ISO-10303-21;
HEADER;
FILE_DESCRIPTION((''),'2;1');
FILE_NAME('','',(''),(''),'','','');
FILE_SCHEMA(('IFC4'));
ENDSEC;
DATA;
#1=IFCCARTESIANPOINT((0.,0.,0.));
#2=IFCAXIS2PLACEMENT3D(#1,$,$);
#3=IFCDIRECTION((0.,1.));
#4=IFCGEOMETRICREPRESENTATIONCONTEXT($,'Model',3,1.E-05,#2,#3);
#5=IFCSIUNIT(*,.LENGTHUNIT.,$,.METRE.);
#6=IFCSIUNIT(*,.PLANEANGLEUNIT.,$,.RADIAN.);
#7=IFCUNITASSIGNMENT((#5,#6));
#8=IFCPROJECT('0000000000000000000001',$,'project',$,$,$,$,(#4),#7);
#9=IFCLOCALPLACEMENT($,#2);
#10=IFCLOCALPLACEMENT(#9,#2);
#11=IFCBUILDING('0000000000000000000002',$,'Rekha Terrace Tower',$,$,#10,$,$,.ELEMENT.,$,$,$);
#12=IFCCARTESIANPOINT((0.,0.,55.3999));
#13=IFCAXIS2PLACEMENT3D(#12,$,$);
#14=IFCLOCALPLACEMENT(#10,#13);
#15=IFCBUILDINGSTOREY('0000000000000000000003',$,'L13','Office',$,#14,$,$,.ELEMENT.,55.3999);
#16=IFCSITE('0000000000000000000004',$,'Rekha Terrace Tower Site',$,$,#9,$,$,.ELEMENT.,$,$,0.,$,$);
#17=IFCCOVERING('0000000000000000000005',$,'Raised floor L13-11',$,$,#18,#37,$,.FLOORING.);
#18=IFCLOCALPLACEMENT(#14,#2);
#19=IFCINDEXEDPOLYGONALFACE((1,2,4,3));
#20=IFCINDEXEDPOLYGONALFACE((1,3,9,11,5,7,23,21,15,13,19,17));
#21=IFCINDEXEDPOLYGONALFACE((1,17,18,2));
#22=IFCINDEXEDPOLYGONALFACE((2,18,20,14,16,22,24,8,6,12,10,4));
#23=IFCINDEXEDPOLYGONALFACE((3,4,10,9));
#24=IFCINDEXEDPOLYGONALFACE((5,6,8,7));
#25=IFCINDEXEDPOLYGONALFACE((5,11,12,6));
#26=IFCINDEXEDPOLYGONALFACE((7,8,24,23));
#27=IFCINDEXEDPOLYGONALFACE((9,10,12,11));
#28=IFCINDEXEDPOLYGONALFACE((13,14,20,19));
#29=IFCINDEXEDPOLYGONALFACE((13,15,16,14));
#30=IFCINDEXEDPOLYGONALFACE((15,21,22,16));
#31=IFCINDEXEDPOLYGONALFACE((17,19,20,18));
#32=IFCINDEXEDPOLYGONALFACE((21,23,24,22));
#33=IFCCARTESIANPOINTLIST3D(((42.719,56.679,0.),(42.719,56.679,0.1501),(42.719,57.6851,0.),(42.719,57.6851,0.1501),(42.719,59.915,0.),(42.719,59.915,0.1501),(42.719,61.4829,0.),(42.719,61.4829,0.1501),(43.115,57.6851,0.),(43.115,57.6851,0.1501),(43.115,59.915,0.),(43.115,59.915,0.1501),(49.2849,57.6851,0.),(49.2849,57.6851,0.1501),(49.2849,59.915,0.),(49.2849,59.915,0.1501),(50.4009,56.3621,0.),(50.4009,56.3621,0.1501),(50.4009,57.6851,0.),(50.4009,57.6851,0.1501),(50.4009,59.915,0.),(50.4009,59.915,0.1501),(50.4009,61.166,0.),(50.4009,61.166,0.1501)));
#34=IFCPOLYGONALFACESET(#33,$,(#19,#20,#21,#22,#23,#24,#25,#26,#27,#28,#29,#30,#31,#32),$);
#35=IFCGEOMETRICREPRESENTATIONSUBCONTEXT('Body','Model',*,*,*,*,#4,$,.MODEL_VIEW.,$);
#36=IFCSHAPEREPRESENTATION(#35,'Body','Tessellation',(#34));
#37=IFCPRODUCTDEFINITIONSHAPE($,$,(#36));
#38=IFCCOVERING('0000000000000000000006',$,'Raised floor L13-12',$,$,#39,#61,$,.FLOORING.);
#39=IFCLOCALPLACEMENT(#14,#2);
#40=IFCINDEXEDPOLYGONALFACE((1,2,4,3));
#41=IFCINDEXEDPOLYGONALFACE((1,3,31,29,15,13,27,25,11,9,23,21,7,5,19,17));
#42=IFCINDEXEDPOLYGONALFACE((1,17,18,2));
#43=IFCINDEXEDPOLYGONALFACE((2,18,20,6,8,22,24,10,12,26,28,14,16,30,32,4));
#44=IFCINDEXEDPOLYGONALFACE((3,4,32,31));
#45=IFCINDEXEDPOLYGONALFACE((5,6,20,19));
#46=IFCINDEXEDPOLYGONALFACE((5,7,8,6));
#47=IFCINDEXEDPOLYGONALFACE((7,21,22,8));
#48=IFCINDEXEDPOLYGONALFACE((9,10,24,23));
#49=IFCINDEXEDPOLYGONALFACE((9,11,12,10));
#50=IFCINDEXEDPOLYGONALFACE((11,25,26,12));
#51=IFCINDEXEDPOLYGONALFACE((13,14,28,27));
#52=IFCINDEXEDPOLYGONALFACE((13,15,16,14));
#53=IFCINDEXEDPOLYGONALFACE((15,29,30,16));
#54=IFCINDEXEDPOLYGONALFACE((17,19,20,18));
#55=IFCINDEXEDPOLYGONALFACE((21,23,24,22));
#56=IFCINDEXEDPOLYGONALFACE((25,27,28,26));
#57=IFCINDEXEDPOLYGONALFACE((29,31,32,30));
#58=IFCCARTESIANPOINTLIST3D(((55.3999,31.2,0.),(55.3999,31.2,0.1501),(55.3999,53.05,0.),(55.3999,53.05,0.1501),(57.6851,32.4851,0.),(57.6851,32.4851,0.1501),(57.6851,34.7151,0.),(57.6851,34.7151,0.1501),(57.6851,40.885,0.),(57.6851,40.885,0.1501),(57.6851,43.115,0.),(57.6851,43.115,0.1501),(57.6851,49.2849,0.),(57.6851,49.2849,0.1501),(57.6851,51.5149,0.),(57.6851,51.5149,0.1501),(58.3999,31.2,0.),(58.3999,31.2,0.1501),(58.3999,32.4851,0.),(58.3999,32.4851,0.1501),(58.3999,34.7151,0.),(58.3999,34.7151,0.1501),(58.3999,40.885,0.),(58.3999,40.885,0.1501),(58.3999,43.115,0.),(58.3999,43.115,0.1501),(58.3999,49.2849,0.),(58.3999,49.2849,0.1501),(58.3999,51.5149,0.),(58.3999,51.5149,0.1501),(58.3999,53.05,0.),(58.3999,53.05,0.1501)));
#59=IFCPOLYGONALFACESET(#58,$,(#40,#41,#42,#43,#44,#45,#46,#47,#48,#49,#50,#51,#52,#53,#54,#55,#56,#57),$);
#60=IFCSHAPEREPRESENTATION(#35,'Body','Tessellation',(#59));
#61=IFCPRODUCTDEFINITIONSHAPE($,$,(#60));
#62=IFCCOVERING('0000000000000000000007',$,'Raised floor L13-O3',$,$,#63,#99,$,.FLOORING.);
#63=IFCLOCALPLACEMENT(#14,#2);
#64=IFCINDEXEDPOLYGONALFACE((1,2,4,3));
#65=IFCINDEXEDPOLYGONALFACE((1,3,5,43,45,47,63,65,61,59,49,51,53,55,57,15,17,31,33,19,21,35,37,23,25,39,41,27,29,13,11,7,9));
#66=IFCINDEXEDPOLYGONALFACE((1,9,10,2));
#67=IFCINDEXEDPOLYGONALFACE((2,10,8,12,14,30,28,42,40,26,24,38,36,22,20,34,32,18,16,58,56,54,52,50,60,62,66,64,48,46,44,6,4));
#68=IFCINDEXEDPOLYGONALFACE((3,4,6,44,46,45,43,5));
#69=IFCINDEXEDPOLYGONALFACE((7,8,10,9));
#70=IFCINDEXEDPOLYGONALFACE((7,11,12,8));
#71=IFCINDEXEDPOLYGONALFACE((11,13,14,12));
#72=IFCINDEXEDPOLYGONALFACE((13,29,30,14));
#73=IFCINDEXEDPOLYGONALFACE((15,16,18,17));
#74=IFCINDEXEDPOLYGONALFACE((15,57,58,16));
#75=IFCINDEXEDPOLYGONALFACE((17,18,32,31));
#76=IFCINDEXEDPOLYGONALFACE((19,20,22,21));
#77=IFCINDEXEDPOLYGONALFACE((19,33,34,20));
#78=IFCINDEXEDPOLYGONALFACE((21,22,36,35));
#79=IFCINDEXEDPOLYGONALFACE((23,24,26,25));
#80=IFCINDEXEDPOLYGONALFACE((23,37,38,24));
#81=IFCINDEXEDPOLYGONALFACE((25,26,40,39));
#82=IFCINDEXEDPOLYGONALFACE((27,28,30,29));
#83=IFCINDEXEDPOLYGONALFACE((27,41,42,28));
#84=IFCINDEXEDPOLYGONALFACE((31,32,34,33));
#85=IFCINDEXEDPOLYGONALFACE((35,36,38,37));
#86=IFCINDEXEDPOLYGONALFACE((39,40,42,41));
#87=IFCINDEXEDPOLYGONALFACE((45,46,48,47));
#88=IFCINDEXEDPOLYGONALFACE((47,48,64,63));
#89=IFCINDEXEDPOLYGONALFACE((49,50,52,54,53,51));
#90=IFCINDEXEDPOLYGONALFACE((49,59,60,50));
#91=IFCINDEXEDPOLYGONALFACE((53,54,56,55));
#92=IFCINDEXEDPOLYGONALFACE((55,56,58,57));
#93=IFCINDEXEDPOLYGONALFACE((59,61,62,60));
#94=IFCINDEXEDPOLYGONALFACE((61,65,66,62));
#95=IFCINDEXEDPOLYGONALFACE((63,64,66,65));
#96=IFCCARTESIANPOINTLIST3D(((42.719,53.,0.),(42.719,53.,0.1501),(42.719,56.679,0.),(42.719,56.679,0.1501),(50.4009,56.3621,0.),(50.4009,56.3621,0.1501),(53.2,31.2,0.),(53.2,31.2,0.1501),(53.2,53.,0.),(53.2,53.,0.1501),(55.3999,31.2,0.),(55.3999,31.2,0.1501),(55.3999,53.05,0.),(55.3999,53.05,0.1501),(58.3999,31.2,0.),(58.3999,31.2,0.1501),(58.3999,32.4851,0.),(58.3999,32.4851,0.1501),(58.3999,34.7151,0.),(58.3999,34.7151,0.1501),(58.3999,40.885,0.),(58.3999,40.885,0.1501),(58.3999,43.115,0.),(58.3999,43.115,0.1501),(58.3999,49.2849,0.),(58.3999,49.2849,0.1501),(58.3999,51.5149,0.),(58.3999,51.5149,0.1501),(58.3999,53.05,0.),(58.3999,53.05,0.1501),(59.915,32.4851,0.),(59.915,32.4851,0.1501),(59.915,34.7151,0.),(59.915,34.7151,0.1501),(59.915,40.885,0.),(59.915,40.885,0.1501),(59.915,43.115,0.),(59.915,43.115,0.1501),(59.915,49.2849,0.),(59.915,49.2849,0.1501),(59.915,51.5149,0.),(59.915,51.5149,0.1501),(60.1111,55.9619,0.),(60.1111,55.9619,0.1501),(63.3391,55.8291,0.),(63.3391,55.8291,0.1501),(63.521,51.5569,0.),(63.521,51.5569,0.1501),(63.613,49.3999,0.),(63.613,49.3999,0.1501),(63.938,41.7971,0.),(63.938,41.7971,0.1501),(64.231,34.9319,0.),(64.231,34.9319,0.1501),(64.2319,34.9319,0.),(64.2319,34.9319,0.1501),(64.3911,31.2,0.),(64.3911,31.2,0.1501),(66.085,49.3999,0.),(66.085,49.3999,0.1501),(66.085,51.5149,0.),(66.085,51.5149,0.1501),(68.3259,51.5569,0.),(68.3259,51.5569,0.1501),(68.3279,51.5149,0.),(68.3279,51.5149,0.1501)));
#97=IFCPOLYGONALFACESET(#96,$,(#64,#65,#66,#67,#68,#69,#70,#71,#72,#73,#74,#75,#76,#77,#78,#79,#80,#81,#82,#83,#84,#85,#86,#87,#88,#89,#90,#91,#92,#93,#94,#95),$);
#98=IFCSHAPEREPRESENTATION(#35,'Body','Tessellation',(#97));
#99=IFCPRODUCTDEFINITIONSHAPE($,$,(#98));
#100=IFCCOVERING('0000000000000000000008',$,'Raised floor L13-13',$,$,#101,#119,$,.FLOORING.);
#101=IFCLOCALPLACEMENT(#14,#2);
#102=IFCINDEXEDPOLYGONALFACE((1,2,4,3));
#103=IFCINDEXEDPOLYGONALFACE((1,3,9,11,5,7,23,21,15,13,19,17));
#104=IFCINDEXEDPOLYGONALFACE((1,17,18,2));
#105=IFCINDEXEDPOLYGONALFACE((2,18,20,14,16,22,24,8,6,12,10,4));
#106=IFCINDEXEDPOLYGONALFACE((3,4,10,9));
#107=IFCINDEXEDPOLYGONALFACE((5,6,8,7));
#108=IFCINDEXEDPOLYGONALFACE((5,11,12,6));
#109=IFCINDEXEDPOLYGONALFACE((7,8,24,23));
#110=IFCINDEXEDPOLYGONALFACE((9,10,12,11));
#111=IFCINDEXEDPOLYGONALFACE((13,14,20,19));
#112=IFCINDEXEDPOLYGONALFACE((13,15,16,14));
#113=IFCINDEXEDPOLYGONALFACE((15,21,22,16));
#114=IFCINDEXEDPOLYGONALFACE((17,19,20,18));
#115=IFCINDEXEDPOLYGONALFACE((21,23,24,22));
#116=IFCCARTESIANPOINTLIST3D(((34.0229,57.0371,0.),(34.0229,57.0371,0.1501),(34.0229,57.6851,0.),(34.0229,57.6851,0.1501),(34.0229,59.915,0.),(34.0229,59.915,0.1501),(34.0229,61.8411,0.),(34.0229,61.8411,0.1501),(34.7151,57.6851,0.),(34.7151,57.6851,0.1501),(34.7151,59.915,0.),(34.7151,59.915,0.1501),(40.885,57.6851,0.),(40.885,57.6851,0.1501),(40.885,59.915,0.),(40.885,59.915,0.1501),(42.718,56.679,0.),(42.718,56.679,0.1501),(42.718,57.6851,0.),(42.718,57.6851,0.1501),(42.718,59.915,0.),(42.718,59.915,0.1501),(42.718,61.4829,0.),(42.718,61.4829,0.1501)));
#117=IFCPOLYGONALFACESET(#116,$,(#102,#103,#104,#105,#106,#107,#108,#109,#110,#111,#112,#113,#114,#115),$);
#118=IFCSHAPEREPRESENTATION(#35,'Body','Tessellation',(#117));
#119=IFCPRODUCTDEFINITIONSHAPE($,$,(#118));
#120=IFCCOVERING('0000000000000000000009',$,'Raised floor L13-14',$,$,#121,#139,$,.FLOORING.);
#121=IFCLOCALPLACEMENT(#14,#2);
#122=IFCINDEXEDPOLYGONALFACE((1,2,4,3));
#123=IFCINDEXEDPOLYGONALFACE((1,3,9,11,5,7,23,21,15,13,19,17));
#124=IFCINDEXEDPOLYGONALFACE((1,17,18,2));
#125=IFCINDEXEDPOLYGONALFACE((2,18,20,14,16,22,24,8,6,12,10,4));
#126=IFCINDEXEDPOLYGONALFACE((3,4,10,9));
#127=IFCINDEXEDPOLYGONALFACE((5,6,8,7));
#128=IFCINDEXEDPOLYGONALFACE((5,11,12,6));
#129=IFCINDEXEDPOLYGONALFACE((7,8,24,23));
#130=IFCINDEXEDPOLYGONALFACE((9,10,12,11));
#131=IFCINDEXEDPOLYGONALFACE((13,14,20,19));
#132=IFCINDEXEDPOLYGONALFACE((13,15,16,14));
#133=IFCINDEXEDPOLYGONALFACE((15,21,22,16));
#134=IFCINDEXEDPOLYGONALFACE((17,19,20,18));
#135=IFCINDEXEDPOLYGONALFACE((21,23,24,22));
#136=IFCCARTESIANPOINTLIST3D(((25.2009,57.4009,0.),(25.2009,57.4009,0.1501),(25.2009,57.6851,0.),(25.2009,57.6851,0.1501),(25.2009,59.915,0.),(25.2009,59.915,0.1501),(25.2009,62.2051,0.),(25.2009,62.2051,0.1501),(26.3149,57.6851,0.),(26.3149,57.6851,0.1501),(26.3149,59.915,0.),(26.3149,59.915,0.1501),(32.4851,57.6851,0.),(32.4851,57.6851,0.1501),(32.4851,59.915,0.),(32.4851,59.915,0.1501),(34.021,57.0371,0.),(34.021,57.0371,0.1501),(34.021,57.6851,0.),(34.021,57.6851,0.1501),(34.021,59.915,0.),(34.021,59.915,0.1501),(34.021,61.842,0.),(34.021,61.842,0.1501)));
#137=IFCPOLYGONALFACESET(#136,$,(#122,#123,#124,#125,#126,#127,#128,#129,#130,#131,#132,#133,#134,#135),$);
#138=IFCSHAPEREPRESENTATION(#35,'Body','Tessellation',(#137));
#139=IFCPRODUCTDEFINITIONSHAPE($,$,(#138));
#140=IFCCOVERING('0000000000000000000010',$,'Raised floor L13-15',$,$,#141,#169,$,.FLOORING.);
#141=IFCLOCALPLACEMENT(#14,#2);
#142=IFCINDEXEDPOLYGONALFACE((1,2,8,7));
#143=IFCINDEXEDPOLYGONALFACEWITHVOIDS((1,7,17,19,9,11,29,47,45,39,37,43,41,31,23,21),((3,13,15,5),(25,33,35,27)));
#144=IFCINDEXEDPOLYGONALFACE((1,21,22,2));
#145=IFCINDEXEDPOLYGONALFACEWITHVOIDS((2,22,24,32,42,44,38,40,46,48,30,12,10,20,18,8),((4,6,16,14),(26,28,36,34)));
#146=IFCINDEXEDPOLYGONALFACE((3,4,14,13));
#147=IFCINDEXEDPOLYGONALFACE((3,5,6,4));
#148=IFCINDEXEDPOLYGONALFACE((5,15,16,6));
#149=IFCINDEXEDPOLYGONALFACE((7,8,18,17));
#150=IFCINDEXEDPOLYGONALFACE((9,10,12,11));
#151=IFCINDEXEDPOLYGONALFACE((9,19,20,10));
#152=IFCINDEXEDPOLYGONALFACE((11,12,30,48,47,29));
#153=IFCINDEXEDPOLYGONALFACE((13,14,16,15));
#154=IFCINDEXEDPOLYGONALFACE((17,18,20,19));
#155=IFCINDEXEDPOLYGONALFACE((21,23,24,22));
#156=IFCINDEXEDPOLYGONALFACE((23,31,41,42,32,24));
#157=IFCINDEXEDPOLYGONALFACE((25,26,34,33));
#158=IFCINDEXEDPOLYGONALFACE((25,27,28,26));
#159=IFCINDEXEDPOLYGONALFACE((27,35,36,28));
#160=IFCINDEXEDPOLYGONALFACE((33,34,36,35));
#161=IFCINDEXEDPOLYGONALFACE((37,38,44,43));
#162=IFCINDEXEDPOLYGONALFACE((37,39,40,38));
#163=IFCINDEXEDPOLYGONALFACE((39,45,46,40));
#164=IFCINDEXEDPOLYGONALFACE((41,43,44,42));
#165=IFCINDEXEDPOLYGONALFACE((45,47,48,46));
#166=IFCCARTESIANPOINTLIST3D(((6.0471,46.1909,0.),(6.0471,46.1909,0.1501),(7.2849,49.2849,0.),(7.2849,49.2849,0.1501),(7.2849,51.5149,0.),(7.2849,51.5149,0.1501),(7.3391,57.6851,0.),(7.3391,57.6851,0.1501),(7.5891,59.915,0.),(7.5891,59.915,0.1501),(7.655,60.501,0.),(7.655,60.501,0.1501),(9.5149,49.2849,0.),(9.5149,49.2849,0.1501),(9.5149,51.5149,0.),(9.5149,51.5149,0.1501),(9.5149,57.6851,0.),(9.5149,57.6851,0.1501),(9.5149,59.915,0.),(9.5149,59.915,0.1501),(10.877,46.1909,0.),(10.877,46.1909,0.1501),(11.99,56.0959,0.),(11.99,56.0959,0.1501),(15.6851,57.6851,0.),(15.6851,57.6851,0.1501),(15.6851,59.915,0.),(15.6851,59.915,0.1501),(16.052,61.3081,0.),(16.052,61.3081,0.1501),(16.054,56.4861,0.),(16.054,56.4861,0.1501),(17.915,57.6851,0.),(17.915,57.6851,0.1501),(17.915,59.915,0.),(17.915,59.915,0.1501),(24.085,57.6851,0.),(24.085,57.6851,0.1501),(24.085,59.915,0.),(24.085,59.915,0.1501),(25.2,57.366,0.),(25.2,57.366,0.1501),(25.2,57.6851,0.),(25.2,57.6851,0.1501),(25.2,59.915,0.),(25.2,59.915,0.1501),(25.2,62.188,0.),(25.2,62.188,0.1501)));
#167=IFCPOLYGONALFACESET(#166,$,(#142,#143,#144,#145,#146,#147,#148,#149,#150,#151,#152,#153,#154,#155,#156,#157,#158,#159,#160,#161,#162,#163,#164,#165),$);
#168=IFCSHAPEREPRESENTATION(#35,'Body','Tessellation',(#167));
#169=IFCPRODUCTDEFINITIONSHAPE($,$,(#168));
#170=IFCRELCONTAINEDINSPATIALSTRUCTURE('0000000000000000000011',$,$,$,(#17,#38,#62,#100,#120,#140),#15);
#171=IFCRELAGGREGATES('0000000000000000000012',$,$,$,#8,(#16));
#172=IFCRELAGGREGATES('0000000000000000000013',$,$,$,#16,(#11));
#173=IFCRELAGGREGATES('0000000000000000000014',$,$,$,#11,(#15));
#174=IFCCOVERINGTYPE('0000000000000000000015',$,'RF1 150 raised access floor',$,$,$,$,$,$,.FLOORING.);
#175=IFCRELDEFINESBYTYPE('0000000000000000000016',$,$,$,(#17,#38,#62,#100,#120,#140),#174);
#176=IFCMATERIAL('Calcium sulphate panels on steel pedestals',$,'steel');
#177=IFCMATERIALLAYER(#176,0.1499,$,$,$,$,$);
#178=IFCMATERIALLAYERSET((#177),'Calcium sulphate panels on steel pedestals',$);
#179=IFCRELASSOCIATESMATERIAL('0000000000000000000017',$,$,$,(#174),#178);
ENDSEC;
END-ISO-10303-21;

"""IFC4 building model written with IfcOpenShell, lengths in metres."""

from ifc_helpers import new_model, si_unit, direction, frame, origin, place, context, subcontext, project, spatial, polyline, outline, extrude, material, layer, layer_set, type_object, element, save


model = new_model("IFC4")

# Units and contexts
model_context = context("Model", 3, precision=1e-05, world=origin(), true_north=direction((0.0, 1.0)))
body_context = subcontext(model_context, "Body", "Model", "MODEL_VIEW")
ifc_project = project(units=[si_unit("LENGTHUNIT", "METRE"), si_unit("PLANEANGLEUNIT", "RADIAN")], contexts=[model_context])

# Site, building, storey
site_placement = place(None, origin())
site = spatial("IfcSite", under=ifc_project, at=site_placement, Name="Rekha Terrace Tower Site", CompositionType="ELEMENT", RefElevation=0.0)
building_placement = place(site_placement, origin())
building = spatial("IfcBuilding", under=site, at=building_placement, Name="Rekha Terrace Tower", CompositionType="ELEMENT")
storey_placement = place(building_placement, frame((0.0, 0.0, 55.3999)))
storey = spatial("IfcBuildingStorey", under=building, at=storey_placement, Name="L13", Description="Office", CompositionType="ELEMENT", Elevation=55.3999)

# Coverings
ifc_material_1 = material(Name="Calcium sulphate panels on steel pedestals", Category="steel")
ifc_layer_1 = layer(ifc_material_1, 0.1499)
ifc_layer_set_1 = layer_set([ifc_layer_1], Name="Calcium sulphate panels on steel pedestals")
covering_type_1 = type_object("IfcCoveringType", Name="RF1 150 raised access floor", PredefinedType="FLOORING", material=ifc_layer_set_1)
covering_1_placement = place(storey_placement, origin())
element("IfcCovering", 1, at=covering_1_placement, inside=storey, type_object=covering_type_1, Name="Raised floor L13-11", PredefinedType="FLOORING", context=body_context, shape_type="SweptSolid", body=[
    extrude(outline(polyline([(50.4009, 59.915), (50.4009, 61.166), (42.719, 61.4829), (42.719, 59.915), (43.115, 59.915), (43.115, 57.6851), (42.719, 57.6851), (42.719, 56.679), (50.4009, 56.3621), (50.4009, 57.6851), (49.2849, 57.6851), (49.2849, 59.915), (50.4009, 59.915)])), origin(), (0.0, 0.0, 1.0), 0.1501),
])
covering_2_placement = place(storey_placement, origin())
element("IfcCovering", 2, at=covering_2_placement, inside=storey, type_object=covering_type_1, Name="Raised floor L13-12", PredefinedType="FLOORING", context=body_context, shape_type="SweptSolid", body=[
    extrude(outline(polyline([(58.3999, 51.5149), (58.3999, 53.05), (55.3999, 53.05), (55.3999, 31.2), (58.3999, 31.2), (58.3999, 32.4851), (57.6851, 32.4851), (57.6851, 34.7151), (58.3999, 34.7151), (58.3999, 40.885), (57.6851, 40.885), (57.6851, 43.115), (58.3999, 43.115), (58.3999, 49.2849), (57.6851, 49.2849), (57.6851, 51.5149), (58.3999, 51.5149)])), origin(), (0.0, 0.0, 1.0), 0.1501),
])
covering_3_placement = place(storey_placement, origin())
element("IfcCovering", 3, at=covering_3_placement, inside=storey, type_object=covering_type_1, Name="Raised floor L13-O3", PredefinedType="FLOORING", context=body_context, shape_type="SweptSolid", body=[
    extrude(outline(polyline([(60.1111, 55.9619), (50.4009, 56.3621), (42.719, 56.679), (42.719, 53.0), (53.2, 53.0), (53.2, 31.2), (55.3999, 31.2), (55.3999, 53.05), (58.3999, 53.05), (58.3999, 51.5149), (59.915, 51.5149), (59.915, 49.2849), (58.3999, 49.2849), (58.3999, 43.115), (59.915, 43.115), (59.915, 40.885), (58.3999, 40.885), (58.3999, 34.7151), (59.915, 34.7151), (59.915, 32.4851), (58.3999, 32.4851), (58.3999, 31.2), (64.3911, 31.2), (64.2319, 34.9319), (64.231, 34.9319), (63.938, 41.7971), (63.613, 49.3999), (66.085, 49.3999), (66.085, 51.5149), (68.3279, 51.5149), (68.3259, 51.5569), (63.521, 51.5569), (63.3391, 55.8291), (60.1111, 55.9619)])), origin(), (0.0, 0.0, 1.0), 0.1501),
])
covering_4_placement = place(storey_placement, origin())
element("IfcCovering", 4, at=covering_4_placement, inside=storey, type_object=covering_type_1, Name="Raised floor L13-13", PredefinedType="FLOORING", context=body_context, shape_type="SweptSolid", body=[
    extrude(outline(polyline([(34.0229, 57.6851), (34.0229, 57.0371), (42.718, 56.679), (42.718, 57.6851), (40.885, 57.6851), (40.885, 59.915), (42.718, 59.915), (42.718, 61.4829), (34.0229, 61.8411), (34.0229, 59.915), (34.7151, 59.915), (34.7151, 57.6851), (34.0229, 57.6851)])), origin(), (0.0, 0.0, 1.0), 0.1501),
])
covering_5_placement = place(storey_placement, origin())
element("IfcCovering", 5, at=covering_5_placement, inside=storey, type_object=covering_type_1, Name="Raised floor L13-14", PredefinedType="FLOORING", context=body_context, shape_type="SweptSolid", body=[
    extrude(outline(polyline([(32.4851, 59.915), (34.021, 59.915), (34.021, 61.842), (25.2009, 62.2051), (25.2009, 59.915), (26.3149, 59.915), (26.3149, 57.6851), (25.2009, 57.6851), (25.2009, 57.4009), (34.021, 57.0371), (34.021, 57.6851), (32.4851, 57.6851), (32.4851, 59.915)])), origin(), (0.0, 0.0, 1.0), 0.1501),
])
covering_6_placement = place(storey_placement, origin())
element("IfcCovering", 6, at=covering_6_placement, inside=storey, type_object=covering_type_1, Name="Raised floor L13-15", PredefinedType="FLOORING", context=body_context, shape_type="SweptSolid", body=[
    extrude(outline(polyline([(24.085, 59.915), (25.2, 59.915), (25.2, 62.188), (16.052, 61.3081), (7.655, 60.501), (7.5891, 59.915), (9.5149, 59.915), (9.5149, 57.6851), (7.3391, 57.6851), (6.0471, 46.1909), (10.877, 46.1909), (11.99, 56.0959), (16.054, 56.4861), (25.2, 57.366), (25.2, 57.6851), (24.085, 57.6851), (24.085, 59.915)]), holes=[polyline([(17.915, 57.6851), (15.6851, 57.6851), (15.6851, 59.915), (17.915, 59.915), (17.915, 57.6851)]), polyline([(9.5149, 51.5149), (9.5149, 49.2849), (7.2849, 49.2849), (7.2849, 51.5149), (9.5149, 51.5149)])]), origin(), (0.0, 0.0, 1.0), 0.1501),
])

save(model, "model.ifc")
